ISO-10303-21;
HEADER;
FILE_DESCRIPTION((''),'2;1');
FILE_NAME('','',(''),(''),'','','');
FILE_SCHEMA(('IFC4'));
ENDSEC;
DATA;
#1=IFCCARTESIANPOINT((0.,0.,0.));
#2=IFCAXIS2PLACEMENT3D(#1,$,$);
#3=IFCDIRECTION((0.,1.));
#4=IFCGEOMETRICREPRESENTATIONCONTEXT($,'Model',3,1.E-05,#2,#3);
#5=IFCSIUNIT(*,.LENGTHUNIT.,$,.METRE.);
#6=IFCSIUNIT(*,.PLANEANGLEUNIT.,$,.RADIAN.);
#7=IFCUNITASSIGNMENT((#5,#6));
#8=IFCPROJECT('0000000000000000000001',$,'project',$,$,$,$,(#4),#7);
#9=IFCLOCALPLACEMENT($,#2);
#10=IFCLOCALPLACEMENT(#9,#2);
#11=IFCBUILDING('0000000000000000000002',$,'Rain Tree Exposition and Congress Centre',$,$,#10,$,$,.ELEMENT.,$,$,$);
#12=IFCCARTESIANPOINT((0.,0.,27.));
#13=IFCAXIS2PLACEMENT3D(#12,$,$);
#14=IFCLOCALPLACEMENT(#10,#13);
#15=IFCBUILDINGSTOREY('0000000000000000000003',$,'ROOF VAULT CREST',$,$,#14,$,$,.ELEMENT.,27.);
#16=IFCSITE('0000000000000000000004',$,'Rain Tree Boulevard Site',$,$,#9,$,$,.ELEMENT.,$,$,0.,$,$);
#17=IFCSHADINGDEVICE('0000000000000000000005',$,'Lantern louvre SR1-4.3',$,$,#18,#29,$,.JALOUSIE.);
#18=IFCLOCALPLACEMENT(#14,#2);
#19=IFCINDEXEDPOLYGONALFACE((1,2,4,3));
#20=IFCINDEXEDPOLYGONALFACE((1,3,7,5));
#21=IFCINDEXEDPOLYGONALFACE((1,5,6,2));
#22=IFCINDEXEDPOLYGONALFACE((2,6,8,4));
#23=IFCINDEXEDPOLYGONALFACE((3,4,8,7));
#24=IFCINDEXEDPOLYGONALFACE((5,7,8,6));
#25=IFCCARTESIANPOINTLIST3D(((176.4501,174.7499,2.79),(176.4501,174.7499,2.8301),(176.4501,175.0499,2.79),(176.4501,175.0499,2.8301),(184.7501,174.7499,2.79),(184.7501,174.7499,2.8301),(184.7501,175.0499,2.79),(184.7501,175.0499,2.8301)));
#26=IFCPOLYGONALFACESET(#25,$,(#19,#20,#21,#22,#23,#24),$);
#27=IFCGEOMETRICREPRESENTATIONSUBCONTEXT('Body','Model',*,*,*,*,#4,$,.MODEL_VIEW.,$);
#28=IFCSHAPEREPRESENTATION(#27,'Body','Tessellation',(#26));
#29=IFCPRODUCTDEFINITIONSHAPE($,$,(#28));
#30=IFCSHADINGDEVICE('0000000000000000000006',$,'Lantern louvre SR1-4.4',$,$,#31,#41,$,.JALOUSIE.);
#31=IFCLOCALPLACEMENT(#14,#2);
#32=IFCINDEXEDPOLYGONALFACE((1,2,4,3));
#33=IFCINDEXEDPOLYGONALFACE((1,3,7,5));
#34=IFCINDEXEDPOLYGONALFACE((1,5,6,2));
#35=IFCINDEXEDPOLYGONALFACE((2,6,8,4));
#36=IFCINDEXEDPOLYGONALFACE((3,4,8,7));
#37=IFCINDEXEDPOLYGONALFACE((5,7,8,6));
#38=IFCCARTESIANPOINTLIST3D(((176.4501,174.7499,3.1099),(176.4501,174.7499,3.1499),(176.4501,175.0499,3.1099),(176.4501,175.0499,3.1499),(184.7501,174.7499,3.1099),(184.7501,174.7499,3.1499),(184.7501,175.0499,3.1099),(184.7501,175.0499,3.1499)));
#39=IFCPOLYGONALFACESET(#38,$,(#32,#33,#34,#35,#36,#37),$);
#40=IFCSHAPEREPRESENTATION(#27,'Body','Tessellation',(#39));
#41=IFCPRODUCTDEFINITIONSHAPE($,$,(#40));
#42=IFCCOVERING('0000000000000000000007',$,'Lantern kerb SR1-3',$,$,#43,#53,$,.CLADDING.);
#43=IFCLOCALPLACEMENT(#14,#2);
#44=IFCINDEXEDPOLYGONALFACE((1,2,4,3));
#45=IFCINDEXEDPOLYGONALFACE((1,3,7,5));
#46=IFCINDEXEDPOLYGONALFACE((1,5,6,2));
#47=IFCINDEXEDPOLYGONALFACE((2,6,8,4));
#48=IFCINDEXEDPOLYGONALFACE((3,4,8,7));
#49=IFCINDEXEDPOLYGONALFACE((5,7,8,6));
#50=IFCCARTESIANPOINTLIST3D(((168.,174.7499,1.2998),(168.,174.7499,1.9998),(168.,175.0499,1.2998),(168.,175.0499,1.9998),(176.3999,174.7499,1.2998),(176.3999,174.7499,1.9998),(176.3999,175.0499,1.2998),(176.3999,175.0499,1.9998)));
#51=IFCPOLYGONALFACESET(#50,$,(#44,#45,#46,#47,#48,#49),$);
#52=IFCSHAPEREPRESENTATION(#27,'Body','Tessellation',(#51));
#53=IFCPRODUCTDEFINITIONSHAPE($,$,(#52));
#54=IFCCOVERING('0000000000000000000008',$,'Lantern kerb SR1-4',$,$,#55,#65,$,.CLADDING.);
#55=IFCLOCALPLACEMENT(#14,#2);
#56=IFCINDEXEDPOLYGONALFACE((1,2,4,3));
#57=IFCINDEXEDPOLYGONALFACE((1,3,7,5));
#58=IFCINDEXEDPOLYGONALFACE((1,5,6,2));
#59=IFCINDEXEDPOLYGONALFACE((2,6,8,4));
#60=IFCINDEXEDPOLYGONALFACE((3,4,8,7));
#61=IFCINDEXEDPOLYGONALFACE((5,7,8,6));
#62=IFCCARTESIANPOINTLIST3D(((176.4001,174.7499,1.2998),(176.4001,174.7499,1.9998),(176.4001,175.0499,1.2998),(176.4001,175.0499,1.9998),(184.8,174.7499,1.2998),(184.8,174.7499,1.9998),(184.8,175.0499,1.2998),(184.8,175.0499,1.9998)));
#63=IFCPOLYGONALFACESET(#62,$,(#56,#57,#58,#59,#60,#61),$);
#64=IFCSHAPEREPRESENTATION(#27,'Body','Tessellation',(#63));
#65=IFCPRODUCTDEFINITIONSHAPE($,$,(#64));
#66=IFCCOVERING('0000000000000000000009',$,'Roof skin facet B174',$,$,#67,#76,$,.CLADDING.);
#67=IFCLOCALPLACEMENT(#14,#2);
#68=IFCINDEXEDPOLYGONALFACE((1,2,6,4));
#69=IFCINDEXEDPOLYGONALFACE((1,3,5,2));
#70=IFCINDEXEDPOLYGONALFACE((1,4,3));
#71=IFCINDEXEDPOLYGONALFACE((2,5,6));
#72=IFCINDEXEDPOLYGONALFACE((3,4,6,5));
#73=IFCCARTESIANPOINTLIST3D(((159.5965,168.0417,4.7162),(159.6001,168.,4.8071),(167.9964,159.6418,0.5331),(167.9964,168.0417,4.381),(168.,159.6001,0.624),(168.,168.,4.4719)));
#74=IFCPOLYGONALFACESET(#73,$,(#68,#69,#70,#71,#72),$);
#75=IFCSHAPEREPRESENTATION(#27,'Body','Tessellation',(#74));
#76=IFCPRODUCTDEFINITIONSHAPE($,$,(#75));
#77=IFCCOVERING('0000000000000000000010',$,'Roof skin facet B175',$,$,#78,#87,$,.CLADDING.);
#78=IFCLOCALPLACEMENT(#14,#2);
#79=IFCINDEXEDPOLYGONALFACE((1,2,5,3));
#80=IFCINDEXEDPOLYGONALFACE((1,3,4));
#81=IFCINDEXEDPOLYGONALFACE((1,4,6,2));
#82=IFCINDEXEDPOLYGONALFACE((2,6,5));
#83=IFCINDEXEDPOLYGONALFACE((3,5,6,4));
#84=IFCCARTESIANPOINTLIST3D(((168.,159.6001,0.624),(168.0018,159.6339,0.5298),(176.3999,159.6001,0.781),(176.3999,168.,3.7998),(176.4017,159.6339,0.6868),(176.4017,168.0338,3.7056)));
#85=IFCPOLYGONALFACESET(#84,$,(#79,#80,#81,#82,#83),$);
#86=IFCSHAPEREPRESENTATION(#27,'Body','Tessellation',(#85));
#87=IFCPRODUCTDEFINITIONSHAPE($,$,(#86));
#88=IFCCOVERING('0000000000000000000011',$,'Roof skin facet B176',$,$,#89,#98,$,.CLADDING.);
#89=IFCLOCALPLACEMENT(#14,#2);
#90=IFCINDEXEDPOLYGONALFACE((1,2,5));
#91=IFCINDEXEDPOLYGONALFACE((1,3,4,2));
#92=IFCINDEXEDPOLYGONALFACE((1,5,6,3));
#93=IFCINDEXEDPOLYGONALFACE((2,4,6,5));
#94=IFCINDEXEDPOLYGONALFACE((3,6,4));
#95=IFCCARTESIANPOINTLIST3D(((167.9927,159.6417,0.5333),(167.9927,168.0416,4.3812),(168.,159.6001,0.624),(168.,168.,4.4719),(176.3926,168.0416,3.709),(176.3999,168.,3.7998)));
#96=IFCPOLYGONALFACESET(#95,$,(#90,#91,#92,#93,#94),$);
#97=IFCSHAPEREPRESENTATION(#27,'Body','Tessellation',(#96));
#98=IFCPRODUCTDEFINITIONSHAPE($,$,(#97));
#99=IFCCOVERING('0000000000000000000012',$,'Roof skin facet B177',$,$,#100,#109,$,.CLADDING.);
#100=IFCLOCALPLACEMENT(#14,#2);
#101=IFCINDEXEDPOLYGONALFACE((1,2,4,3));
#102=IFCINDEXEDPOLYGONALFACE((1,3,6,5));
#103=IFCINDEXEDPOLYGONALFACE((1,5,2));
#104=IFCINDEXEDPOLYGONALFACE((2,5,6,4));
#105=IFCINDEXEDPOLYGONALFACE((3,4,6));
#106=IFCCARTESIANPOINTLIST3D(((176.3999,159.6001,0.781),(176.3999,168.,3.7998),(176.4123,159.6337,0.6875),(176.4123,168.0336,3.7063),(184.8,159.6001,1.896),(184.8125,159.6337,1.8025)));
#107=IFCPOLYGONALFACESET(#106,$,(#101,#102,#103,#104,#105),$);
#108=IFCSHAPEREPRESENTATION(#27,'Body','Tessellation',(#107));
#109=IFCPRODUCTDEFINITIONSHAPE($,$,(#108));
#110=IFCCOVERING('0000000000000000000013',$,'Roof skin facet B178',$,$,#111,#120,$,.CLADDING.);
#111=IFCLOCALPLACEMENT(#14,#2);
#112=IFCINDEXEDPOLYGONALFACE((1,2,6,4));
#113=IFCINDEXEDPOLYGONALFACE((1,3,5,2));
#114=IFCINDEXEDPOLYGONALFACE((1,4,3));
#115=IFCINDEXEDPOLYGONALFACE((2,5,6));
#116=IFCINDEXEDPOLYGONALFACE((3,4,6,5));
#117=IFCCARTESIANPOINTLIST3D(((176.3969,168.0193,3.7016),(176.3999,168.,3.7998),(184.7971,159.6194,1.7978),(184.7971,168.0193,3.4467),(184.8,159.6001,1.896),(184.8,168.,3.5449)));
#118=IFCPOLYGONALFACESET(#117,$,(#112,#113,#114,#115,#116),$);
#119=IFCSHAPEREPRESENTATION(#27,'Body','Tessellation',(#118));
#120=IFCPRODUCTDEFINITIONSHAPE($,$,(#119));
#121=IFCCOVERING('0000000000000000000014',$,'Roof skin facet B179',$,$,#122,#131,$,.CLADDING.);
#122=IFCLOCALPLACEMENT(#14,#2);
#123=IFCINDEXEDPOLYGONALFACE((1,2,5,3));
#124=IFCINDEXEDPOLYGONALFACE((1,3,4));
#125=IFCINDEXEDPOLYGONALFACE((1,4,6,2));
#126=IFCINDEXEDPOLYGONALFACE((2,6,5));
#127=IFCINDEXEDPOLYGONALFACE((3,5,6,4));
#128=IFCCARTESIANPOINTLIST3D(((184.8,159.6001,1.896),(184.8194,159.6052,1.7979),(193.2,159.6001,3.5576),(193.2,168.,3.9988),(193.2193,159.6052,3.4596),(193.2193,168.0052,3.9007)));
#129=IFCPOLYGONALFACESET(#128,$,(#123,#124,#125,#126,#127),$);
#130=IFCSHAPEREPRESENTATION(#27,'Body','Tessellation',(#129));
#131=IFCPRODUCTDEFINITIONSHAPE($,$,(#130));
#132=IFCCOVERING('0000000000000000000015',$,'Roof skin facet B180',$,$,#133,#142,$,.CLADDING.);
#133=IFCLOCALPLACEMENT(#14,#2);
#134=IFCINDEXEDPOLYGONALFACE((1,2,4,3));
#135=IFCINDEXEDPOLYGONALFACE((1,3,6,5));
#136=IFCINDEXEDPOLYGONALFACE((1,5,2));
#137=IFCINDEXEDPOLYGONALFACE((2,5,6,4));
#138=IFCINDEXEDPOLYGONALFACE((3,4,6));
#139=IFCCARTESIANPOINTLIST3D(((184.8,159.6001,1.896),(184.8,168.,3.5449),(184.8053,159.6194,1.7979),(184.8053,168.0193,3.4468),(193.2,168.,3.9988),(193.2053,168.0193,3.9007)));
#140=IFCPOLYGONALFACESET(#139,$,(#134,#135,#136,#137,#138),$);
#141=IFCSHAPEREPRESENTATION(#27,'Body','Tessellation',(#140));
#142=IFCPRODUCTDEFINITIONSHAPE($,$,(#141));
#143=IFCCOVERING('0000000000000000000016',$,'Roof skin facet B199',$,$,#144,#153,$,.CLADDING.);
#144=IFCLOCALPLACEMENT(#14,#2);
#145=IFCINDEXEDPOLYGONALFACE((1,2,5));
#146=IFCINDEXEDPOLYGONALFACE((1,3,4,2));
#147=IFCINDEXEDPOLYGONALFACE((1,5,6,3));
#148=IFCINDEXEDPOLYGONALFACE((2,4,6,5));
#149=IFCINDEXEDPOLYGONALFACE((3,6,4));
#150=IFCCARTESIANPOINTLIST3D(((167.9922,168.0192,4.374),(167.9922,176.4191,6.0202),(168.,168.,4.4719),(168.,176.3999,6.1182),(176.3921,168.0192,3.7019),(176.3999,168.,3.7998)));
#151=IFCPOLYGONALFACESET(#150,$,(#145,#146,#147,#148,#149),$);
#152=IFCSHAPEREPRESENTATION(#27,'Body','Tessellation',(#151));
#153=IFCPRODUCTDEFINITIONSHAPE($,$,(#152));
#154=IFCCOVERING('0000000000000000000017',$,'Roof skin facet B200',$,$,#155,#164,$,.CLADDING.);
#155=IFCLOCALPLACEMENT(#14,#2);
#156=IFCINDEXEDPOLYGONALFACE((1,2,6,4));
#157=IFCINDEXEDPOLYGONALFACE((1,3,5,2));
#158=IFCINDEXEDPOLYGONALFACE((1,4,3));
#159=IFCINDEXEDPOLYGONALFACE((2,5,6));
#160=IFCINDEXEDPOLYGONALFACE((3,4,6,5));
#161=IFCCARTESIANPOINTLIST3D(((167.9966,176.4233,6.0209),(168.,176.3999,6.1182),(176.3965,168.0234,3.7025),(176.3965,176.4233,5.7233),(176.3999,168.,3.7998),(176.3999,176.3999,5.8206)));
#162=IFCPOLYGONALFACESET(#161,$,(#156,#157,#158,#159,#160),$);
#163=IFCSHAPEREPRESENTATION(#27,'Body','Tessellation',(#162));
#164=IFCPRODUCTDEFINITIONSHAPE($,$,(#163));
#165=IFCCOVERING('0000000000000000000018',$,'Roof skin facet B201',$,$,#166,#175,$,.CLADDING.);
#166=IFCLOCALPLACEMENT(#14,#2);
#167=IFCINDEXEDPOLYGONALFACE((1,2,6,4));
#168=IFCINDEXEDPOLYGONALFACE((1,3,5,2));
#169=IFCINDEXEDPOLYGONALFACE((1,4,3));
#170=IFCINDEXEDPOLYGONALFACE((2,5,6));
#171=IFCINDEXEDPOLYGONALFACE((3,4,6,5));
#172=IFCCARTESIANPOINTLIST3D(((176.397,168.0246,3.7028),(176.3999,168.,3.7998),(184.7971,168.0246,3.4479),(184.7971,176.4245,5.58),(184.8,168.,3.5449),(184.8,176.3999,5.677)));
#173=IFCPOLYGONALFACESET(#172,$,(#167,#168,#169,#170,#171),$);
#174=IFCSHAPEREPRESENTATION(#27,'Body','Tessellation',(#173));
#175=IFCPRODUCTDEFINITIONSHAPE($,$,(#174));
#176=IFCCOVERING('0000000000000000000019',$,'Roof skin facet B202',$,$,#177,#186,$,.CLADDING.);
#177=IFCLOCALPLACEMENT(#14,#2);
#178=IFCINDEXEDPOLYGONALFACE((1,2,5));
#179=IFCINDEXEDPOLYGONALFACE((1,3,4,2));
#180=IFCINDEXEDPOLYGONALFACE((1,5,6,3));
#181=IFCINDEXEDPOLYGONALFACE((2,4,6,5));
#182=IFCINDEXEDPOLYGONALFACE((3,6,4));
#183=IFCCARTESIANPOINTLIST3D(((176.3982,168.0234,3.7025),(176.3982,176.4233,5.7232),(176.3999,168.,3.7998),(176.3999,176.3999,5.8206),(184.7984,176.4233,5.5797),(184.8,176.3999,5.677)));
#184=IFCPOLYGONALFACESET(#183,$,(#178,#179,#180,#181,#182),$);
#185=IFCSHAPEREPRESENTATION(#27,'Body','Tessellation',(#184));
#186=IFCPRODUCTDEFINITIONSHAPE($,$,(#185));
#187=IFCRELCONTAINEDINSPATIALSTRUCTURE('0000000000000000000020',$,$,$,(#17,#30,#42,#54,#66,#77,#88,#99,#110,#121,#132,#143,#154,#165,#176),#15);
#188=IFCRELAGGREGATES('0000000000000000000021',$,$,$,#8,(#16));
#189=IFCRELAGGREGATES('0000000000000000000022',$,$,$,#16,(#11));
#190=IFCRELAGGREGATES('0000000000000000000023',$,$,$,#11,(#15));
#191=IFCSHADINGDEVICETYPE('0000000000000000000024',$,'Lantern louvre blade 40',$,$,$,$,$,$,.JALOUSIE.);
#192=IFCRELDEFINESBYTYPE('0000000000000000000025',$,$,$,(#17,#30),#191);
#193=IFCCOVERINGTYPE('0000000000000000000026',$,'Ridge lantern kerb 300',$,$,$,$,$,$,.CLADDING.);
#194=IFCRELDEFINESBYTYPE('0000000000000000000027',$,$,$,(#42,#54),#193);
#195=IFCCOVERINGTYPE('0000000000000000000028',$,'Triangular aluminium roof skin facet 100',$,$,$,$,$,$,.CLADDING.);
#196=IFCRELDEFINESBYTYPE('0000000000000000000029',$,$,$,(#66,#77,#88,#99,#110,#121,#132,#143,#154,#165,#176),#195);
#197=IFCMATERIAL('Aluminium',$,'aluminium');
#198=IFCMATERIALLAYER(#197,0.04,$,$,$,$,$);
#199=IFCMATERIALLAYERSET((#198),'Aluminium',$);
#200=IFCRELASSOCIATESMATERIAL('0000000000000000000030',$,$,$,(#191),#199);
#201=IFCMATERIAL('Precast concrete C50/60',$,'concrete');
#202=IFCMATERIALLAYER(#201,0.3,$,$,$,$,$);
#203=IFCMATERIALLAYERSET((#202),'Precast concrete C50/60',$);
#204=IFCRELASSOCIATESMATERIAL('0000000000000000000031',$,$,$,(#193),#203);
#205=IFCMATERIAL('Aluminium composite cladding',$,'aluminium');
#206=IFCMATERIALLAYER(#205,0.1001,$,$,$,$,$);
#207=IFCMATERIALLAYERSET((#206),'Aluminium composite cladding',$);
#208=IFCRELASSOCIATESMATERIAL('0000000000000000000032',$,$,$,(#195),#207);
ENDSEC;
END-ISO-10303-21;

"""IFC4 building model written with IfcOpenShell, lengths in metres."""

from ifc_helpers import new_model, si_unit, direction, frame, origin, origin_2d, place, context, subcontext, project, spatial, polyline, rectangle, outline, extrude, material, layer, layer_set, type_object, element, save


model = new_model("IFC4")

# Units and contexts
model_context = context("Model", 3, precision=1e-05, world=origin(), true_north=direction((0.0, 1.0)))
body_context = subcontext(model_context, "Body", "Model", "MODEL_VIEW")
ifc_project = project(units=[si_unit("LENGTHUNIT", "METRE"), si_unit("PLANEANGLEUNIT", "RADIAN")], contexts=[model_context])

# Site, building, storey
site_placement = place(None, origin())
site = spatial("IfcSite", under=ifc_project, at=site_placement, Name="Rain Tree Boulevard Site", CompositionType="ELEMENT", RefElevation=0.0)
building_placement = place(site_placement, origin())
building = spatial("IfcBuilding", under=site, at=building_placement, Name="Rain Tree Exposition and Congress Centre", CompositionType="ELEMENT")
storey_placement = place(building_placement, frame((0.0, 0.0, 27.0)))
storey = spatial("IfcBuildingStorey", under=building, at=storey_placement, Name="ROOF VAULT CREST", CompositionType="ELEMENT", Elevation=27.0)

# Shading devices
ifc_material_1 = material(Name="Aluminium", Category="aluminium")
ifc_layer_1 = layer(ifc_material_1, 0.04)
ifc_layer_set_1 = layer_set([ifc_layer_1], Name="Aluminium")
shading_device_type = type_object("IfcShadingDeviceType", Name="Lantern louvre blade 40", PredefinedType="JALOUSIE", material=ifc_layer_set_1)
for number, where, z_axis, x_axis, name in (
    (1, (180.6001, 174.8999, 2.79), (0.0, 0.0, 1.0), (1.0, 0.0, 0.0), "Lantern louvre SR1-4.3"),
    (2, (180.6001, 174.8999, 3.1099), (0.0, 0.0, 1.0), (1.0, 0.0, 0.0), "Lantern louvre SR1-4.4"),
):
    element("IfcShadingDevice", number, at=place(storey_placement, frame(where, z_axis=z_axis, x_axis=x_axis)), inside=storey, type_object=shading_device_type, Name=name, PredefinedType="JALOUSIE", context=body_context, shape_type="SweptSolid", body=[
        extrude(rectangle(XDim=8.3, YDim=0.3, at=origin_2d()), origin(), (0.0, 0.0, 1.0), 0.04),
    ])

# Coverings
ifc_material_2 = material(Name="Precast concrete C50/60", Category="concrete")
ifc_layer_2 = layer(ifc_material_2, 0.3)
ifc_layer_set_2 = layer_set([ifc_layer_2], Name="Precast concrete C50/60")
covering_type_1 = type_object("IfcCoveringType", Name="Ridge lantern kerb 300", PredefinedType="CLADDING", material=ifc_layer_set_2)
for number, where, z_axis, x_axis, name in (
    (3, (172.2, 174.8999, 1.2998), (0.0, 0.0, 1.0), (1.0, 0.0, 0.0), "Lantern kerb SR1-3"),
    (4, (180.6001, 174.8999, 1.2998), (0.0, 0.0, 1.0), (1.0, 0.0, 0.0), "Lantern kerb SR1-4"),
):
    element("IfcCovering", number, at=place(storey_placement, frame(where, z_axis=z_axis, x_axis=x_axis)), inside=storey, type_object=covering_type_1, Name=name, PredefinedType="CLADDING", context=body_context, shape_type="SweptSolid", body=[
        extrude(rectangle(XDim=8.3999, YDim=0.3, at=origin_2d()), origin(), (0.0, 0.0, 1.0), 0.7),
    ])
ifc_material_3 = material(Name="Aluminium composite cladding", Category="aluminium")
ifc_layer_3 = layer(ifc_material_3, 0.1001)
ifc_layer_set_3 = layer_set([ifc_layer_3], Name="Aluminium composite cladding")
covering_type_2 = type_object("IfcCoveringType", Name="Triangular aluminium roof skin facet 100", PredefinedType="CLADDING", material=ifc_layer_set_3)
covering_1_placement = place(storey_placement, frame((168.0, 159.6001, 0.624), z_axis=(0.036256, -0.416197, 0.908551), x_axis=(0.0, 0.909149, 0.416471)))
element("IfcCovering", 5, at=covering_1_placement, inside=storey, type_object=covering_type_2, Name="Roof skin facet B174", PredefinedType="CLADDING", context=body_context, shape_type="SweptSolid", body=[
    extrude(outline(polyline([(0.0, 0.0), (9.2393, 0.0), (9.3789, 8.4054), (0.0, 0.0)])), origin(), (0.0, 0.0, -1.0), 0.1001),
])
covering_2_placement = place(storey_placement, frame((168.0, 159.6001, 0.624), z_axis=(-0.017585, -0.338155, 0.940926), x_axis=(0.999825, 0.0, 0.018685)))
element("IfcCovering", 6, at=covering_2_placement, inside=storey, type_object=covering_type_2, Name="Roof skin facet B175", PredefinedType="CLADDING", context=body_context, shape_type="SweptSolid", body=[
    extrude(outline(polyline([(0.0, 0.0), (8.4014, 0.0), (8.4578, 8.9257), (0.0, 0.0)])), origin(), (0.0, 0.0, -1.0), 0.1001),
])
covering_3_placement = place(storey_placement, frame((168.0, 159.6001, 0.624), z_axis=(0.072554, -0.415373, 0.906753), x_axis=(0.683117, 0.683117, 0.258268)))
element("IfcCovering", 7, at=covering_3_placement, inside=storey, type_object=covering_type_2, Name="Roof skin facet B176", PredefinedType="CLADDING", context=body_context, shape_type="SweptSolid", body=[
    extrude(outline(polyline([(0.0, 0.0), (12.2964, 0.0), (6.7319, 6.3282), (0.0, 0.0)])), origin(), (0.0, 0.0, -1.0), 0.1001),
])
covering_4_placement = place(storey_placement, frame((176.3999, 159.6001, 0.781), z_axis=(-0.12395, -0.335599, 0.933815), x_axis=(0.991305, 0.0, 0.131581)))
element("IfcCovering", 8, at=covering_4_placement, inside=storey, type_object=covering_type_2, Name="Roof skin facet B177", PredefinedType="CLADDING", context=body_context, shape_type="SweptSolid", body=[
    extrude(outline(polyline([(0.0, 0.0), (8.4738, 0.0), (0.3972, 8.917), (0.0, 0.0)])), origin(), (0.0, 0.0, -1.0), 0.1001),
])
covering_5_placement = place(storey_placement, frame((184.8, 159.6001, 1.896), z_axis=(0.029761, -0.192541, 0.980837), x_axis=(0.0, 0.981272, 0.192627)))
element("IfcCovering", 9, at=covering_5_placement, inside=storey, type_object=covering_type_2, Name="Roof skin facet B178", PredefinedType="CLADDING", context=body_context, shape_type="SweptSolid", body=[
    extrude(outline(polyline([(0.0, 0.0), (8.5602, 0.0), (8.6093, 8.4039), (0.0, 0.0)])), origin(), (0.0, 0.0, -1.0), 0.1001),
])
covering_6_placement = place(storey_placement, frame((184.8, 159.6001, 1.896), z_axis=(-0.193797, -0.051453, 0.979691), x_axis=(0.980991, 0.0, 0.194054)))
element("IfcCovering", 10, at=covering_6_placement, inside=storey, type_object=covering_type_2, Name="Roof skin facet B179", PredefinedType="CLADDING", context=body_context, shape_type="SweptSolid", body=[
    extrude(outline(polyline([(0.0, 0.0), (8.5627, 0.0), (8.6483, 8.411), (0.0, 0.0)])), origin(), (0.0, 0.0, -1.0), 0.1001),
])
covering_7_placement = place(storey_placement, frame((184.8, 159.6001, 1.896), z_axis=(-0.052945, -0.192356, 0.979896), x_axis=(0.696282, 0.696282, 0.174303)))
element("IfcCovering", 11, at=covering_7_placement, inside=storey, type_object=covering_type_2, Name="Roof skin facet B180", PredefinedType="CLADDING", context=body_context, shape_type="SweptSolid", body=[
    extrude(outline(polyline([(0.0, 0.0), (12.0639, 0.0), (6.1361, 5.9687), (0.0, 0.0)])), origin(), (0.0, 0.0, -1.0), 0.1001),
])
covering_8_placement = place(storey_placement, frame((168.0, 168.0, 4.4719), z_axis=(0.07828, -0.191734, 0.97832), x_axis=(0.996814, 0.0, -0.07976)))
element("IfcCovering", 12, at=covering_8_placement, inside=storey, type_object=covering_type_2, Name="Roof skin facet B199", PredefinedType="CLADDING", context=body_context, shape_type="SweptSolid", body=[
    extrude(outline(polyline([(0.0, 0.0), (8.4267, 0.0), (-0.1313, 8.5587), (0.0, 0.0)])), origin(), (0.0, 0.0, -1.0), 0.1001),
])
covering_9_placement = place(storey_placement, frame((176.3999, 168.0, 3.7998), z_axis=(0.034427, -0.233757, 0.971685), x_axis=(0.0, 0.972262, 0.233896)))
element("IfcCovering", 13, at=covering_9_placement, inside=storey, type_object=covering_type_2, Name="Roof skin facet B200", PredefinedType="CLADDING", context=body_context, shape_type="SweptSolid", body=[
    extrude(outline(polyline([(0.0, 0.0), (8.6395, 0.0), (8.7092, 8.4049), (0.0, 0.0)])), origin(), (0.0, 0.0, -1.0), 0.1001),
])
covering_10_placement = place(storey_placement, frame((176.3999, 168.0, 3.7998), z_axis=(0.029397, -0.245914, 0.968846), x_axis=(0.99954, 0.0, -0.030329)))
element("IfcCovering", 14, at=covering_10_placement, inside=storey, type_object=covering_type_2, Name="Roof skin facet B201", PredefinedType="CLADDING", context=body_context, shape_type="SweptSolid", body=[
    extrude(outline(polyline([(0.0, 0.0), (8.404, 0.0), (8.3393, 8.666), (0.0, 0.0)])), origin(), (0.0, 0.0, -1.0), 0.1001),
])
covering_11_placement = place(storey_placement, frame((176.3999, 168.0, 3.7998), z_axis=(0.016613, -0.233863, 0.972128), x_axis=(0.69845, 0.69843, 0.156084)))
element("IfcCovering", 15, at=covering_11_placement, inside=storey, type_object=covering_type_2, Name="Roof skin facet B202", PredefinedType="CLADDING", context=body_context, shape_type="SweptSolid", body=[
    extrude(outline(polyline([(0.0, 0.0), (12.0268, 0.0), (6.1822, 6.0351), (0.0, 0.0)])), origin(), (0.0, 0.0, -1.0), 0.1001),
])

save(model, "model.ifc")
